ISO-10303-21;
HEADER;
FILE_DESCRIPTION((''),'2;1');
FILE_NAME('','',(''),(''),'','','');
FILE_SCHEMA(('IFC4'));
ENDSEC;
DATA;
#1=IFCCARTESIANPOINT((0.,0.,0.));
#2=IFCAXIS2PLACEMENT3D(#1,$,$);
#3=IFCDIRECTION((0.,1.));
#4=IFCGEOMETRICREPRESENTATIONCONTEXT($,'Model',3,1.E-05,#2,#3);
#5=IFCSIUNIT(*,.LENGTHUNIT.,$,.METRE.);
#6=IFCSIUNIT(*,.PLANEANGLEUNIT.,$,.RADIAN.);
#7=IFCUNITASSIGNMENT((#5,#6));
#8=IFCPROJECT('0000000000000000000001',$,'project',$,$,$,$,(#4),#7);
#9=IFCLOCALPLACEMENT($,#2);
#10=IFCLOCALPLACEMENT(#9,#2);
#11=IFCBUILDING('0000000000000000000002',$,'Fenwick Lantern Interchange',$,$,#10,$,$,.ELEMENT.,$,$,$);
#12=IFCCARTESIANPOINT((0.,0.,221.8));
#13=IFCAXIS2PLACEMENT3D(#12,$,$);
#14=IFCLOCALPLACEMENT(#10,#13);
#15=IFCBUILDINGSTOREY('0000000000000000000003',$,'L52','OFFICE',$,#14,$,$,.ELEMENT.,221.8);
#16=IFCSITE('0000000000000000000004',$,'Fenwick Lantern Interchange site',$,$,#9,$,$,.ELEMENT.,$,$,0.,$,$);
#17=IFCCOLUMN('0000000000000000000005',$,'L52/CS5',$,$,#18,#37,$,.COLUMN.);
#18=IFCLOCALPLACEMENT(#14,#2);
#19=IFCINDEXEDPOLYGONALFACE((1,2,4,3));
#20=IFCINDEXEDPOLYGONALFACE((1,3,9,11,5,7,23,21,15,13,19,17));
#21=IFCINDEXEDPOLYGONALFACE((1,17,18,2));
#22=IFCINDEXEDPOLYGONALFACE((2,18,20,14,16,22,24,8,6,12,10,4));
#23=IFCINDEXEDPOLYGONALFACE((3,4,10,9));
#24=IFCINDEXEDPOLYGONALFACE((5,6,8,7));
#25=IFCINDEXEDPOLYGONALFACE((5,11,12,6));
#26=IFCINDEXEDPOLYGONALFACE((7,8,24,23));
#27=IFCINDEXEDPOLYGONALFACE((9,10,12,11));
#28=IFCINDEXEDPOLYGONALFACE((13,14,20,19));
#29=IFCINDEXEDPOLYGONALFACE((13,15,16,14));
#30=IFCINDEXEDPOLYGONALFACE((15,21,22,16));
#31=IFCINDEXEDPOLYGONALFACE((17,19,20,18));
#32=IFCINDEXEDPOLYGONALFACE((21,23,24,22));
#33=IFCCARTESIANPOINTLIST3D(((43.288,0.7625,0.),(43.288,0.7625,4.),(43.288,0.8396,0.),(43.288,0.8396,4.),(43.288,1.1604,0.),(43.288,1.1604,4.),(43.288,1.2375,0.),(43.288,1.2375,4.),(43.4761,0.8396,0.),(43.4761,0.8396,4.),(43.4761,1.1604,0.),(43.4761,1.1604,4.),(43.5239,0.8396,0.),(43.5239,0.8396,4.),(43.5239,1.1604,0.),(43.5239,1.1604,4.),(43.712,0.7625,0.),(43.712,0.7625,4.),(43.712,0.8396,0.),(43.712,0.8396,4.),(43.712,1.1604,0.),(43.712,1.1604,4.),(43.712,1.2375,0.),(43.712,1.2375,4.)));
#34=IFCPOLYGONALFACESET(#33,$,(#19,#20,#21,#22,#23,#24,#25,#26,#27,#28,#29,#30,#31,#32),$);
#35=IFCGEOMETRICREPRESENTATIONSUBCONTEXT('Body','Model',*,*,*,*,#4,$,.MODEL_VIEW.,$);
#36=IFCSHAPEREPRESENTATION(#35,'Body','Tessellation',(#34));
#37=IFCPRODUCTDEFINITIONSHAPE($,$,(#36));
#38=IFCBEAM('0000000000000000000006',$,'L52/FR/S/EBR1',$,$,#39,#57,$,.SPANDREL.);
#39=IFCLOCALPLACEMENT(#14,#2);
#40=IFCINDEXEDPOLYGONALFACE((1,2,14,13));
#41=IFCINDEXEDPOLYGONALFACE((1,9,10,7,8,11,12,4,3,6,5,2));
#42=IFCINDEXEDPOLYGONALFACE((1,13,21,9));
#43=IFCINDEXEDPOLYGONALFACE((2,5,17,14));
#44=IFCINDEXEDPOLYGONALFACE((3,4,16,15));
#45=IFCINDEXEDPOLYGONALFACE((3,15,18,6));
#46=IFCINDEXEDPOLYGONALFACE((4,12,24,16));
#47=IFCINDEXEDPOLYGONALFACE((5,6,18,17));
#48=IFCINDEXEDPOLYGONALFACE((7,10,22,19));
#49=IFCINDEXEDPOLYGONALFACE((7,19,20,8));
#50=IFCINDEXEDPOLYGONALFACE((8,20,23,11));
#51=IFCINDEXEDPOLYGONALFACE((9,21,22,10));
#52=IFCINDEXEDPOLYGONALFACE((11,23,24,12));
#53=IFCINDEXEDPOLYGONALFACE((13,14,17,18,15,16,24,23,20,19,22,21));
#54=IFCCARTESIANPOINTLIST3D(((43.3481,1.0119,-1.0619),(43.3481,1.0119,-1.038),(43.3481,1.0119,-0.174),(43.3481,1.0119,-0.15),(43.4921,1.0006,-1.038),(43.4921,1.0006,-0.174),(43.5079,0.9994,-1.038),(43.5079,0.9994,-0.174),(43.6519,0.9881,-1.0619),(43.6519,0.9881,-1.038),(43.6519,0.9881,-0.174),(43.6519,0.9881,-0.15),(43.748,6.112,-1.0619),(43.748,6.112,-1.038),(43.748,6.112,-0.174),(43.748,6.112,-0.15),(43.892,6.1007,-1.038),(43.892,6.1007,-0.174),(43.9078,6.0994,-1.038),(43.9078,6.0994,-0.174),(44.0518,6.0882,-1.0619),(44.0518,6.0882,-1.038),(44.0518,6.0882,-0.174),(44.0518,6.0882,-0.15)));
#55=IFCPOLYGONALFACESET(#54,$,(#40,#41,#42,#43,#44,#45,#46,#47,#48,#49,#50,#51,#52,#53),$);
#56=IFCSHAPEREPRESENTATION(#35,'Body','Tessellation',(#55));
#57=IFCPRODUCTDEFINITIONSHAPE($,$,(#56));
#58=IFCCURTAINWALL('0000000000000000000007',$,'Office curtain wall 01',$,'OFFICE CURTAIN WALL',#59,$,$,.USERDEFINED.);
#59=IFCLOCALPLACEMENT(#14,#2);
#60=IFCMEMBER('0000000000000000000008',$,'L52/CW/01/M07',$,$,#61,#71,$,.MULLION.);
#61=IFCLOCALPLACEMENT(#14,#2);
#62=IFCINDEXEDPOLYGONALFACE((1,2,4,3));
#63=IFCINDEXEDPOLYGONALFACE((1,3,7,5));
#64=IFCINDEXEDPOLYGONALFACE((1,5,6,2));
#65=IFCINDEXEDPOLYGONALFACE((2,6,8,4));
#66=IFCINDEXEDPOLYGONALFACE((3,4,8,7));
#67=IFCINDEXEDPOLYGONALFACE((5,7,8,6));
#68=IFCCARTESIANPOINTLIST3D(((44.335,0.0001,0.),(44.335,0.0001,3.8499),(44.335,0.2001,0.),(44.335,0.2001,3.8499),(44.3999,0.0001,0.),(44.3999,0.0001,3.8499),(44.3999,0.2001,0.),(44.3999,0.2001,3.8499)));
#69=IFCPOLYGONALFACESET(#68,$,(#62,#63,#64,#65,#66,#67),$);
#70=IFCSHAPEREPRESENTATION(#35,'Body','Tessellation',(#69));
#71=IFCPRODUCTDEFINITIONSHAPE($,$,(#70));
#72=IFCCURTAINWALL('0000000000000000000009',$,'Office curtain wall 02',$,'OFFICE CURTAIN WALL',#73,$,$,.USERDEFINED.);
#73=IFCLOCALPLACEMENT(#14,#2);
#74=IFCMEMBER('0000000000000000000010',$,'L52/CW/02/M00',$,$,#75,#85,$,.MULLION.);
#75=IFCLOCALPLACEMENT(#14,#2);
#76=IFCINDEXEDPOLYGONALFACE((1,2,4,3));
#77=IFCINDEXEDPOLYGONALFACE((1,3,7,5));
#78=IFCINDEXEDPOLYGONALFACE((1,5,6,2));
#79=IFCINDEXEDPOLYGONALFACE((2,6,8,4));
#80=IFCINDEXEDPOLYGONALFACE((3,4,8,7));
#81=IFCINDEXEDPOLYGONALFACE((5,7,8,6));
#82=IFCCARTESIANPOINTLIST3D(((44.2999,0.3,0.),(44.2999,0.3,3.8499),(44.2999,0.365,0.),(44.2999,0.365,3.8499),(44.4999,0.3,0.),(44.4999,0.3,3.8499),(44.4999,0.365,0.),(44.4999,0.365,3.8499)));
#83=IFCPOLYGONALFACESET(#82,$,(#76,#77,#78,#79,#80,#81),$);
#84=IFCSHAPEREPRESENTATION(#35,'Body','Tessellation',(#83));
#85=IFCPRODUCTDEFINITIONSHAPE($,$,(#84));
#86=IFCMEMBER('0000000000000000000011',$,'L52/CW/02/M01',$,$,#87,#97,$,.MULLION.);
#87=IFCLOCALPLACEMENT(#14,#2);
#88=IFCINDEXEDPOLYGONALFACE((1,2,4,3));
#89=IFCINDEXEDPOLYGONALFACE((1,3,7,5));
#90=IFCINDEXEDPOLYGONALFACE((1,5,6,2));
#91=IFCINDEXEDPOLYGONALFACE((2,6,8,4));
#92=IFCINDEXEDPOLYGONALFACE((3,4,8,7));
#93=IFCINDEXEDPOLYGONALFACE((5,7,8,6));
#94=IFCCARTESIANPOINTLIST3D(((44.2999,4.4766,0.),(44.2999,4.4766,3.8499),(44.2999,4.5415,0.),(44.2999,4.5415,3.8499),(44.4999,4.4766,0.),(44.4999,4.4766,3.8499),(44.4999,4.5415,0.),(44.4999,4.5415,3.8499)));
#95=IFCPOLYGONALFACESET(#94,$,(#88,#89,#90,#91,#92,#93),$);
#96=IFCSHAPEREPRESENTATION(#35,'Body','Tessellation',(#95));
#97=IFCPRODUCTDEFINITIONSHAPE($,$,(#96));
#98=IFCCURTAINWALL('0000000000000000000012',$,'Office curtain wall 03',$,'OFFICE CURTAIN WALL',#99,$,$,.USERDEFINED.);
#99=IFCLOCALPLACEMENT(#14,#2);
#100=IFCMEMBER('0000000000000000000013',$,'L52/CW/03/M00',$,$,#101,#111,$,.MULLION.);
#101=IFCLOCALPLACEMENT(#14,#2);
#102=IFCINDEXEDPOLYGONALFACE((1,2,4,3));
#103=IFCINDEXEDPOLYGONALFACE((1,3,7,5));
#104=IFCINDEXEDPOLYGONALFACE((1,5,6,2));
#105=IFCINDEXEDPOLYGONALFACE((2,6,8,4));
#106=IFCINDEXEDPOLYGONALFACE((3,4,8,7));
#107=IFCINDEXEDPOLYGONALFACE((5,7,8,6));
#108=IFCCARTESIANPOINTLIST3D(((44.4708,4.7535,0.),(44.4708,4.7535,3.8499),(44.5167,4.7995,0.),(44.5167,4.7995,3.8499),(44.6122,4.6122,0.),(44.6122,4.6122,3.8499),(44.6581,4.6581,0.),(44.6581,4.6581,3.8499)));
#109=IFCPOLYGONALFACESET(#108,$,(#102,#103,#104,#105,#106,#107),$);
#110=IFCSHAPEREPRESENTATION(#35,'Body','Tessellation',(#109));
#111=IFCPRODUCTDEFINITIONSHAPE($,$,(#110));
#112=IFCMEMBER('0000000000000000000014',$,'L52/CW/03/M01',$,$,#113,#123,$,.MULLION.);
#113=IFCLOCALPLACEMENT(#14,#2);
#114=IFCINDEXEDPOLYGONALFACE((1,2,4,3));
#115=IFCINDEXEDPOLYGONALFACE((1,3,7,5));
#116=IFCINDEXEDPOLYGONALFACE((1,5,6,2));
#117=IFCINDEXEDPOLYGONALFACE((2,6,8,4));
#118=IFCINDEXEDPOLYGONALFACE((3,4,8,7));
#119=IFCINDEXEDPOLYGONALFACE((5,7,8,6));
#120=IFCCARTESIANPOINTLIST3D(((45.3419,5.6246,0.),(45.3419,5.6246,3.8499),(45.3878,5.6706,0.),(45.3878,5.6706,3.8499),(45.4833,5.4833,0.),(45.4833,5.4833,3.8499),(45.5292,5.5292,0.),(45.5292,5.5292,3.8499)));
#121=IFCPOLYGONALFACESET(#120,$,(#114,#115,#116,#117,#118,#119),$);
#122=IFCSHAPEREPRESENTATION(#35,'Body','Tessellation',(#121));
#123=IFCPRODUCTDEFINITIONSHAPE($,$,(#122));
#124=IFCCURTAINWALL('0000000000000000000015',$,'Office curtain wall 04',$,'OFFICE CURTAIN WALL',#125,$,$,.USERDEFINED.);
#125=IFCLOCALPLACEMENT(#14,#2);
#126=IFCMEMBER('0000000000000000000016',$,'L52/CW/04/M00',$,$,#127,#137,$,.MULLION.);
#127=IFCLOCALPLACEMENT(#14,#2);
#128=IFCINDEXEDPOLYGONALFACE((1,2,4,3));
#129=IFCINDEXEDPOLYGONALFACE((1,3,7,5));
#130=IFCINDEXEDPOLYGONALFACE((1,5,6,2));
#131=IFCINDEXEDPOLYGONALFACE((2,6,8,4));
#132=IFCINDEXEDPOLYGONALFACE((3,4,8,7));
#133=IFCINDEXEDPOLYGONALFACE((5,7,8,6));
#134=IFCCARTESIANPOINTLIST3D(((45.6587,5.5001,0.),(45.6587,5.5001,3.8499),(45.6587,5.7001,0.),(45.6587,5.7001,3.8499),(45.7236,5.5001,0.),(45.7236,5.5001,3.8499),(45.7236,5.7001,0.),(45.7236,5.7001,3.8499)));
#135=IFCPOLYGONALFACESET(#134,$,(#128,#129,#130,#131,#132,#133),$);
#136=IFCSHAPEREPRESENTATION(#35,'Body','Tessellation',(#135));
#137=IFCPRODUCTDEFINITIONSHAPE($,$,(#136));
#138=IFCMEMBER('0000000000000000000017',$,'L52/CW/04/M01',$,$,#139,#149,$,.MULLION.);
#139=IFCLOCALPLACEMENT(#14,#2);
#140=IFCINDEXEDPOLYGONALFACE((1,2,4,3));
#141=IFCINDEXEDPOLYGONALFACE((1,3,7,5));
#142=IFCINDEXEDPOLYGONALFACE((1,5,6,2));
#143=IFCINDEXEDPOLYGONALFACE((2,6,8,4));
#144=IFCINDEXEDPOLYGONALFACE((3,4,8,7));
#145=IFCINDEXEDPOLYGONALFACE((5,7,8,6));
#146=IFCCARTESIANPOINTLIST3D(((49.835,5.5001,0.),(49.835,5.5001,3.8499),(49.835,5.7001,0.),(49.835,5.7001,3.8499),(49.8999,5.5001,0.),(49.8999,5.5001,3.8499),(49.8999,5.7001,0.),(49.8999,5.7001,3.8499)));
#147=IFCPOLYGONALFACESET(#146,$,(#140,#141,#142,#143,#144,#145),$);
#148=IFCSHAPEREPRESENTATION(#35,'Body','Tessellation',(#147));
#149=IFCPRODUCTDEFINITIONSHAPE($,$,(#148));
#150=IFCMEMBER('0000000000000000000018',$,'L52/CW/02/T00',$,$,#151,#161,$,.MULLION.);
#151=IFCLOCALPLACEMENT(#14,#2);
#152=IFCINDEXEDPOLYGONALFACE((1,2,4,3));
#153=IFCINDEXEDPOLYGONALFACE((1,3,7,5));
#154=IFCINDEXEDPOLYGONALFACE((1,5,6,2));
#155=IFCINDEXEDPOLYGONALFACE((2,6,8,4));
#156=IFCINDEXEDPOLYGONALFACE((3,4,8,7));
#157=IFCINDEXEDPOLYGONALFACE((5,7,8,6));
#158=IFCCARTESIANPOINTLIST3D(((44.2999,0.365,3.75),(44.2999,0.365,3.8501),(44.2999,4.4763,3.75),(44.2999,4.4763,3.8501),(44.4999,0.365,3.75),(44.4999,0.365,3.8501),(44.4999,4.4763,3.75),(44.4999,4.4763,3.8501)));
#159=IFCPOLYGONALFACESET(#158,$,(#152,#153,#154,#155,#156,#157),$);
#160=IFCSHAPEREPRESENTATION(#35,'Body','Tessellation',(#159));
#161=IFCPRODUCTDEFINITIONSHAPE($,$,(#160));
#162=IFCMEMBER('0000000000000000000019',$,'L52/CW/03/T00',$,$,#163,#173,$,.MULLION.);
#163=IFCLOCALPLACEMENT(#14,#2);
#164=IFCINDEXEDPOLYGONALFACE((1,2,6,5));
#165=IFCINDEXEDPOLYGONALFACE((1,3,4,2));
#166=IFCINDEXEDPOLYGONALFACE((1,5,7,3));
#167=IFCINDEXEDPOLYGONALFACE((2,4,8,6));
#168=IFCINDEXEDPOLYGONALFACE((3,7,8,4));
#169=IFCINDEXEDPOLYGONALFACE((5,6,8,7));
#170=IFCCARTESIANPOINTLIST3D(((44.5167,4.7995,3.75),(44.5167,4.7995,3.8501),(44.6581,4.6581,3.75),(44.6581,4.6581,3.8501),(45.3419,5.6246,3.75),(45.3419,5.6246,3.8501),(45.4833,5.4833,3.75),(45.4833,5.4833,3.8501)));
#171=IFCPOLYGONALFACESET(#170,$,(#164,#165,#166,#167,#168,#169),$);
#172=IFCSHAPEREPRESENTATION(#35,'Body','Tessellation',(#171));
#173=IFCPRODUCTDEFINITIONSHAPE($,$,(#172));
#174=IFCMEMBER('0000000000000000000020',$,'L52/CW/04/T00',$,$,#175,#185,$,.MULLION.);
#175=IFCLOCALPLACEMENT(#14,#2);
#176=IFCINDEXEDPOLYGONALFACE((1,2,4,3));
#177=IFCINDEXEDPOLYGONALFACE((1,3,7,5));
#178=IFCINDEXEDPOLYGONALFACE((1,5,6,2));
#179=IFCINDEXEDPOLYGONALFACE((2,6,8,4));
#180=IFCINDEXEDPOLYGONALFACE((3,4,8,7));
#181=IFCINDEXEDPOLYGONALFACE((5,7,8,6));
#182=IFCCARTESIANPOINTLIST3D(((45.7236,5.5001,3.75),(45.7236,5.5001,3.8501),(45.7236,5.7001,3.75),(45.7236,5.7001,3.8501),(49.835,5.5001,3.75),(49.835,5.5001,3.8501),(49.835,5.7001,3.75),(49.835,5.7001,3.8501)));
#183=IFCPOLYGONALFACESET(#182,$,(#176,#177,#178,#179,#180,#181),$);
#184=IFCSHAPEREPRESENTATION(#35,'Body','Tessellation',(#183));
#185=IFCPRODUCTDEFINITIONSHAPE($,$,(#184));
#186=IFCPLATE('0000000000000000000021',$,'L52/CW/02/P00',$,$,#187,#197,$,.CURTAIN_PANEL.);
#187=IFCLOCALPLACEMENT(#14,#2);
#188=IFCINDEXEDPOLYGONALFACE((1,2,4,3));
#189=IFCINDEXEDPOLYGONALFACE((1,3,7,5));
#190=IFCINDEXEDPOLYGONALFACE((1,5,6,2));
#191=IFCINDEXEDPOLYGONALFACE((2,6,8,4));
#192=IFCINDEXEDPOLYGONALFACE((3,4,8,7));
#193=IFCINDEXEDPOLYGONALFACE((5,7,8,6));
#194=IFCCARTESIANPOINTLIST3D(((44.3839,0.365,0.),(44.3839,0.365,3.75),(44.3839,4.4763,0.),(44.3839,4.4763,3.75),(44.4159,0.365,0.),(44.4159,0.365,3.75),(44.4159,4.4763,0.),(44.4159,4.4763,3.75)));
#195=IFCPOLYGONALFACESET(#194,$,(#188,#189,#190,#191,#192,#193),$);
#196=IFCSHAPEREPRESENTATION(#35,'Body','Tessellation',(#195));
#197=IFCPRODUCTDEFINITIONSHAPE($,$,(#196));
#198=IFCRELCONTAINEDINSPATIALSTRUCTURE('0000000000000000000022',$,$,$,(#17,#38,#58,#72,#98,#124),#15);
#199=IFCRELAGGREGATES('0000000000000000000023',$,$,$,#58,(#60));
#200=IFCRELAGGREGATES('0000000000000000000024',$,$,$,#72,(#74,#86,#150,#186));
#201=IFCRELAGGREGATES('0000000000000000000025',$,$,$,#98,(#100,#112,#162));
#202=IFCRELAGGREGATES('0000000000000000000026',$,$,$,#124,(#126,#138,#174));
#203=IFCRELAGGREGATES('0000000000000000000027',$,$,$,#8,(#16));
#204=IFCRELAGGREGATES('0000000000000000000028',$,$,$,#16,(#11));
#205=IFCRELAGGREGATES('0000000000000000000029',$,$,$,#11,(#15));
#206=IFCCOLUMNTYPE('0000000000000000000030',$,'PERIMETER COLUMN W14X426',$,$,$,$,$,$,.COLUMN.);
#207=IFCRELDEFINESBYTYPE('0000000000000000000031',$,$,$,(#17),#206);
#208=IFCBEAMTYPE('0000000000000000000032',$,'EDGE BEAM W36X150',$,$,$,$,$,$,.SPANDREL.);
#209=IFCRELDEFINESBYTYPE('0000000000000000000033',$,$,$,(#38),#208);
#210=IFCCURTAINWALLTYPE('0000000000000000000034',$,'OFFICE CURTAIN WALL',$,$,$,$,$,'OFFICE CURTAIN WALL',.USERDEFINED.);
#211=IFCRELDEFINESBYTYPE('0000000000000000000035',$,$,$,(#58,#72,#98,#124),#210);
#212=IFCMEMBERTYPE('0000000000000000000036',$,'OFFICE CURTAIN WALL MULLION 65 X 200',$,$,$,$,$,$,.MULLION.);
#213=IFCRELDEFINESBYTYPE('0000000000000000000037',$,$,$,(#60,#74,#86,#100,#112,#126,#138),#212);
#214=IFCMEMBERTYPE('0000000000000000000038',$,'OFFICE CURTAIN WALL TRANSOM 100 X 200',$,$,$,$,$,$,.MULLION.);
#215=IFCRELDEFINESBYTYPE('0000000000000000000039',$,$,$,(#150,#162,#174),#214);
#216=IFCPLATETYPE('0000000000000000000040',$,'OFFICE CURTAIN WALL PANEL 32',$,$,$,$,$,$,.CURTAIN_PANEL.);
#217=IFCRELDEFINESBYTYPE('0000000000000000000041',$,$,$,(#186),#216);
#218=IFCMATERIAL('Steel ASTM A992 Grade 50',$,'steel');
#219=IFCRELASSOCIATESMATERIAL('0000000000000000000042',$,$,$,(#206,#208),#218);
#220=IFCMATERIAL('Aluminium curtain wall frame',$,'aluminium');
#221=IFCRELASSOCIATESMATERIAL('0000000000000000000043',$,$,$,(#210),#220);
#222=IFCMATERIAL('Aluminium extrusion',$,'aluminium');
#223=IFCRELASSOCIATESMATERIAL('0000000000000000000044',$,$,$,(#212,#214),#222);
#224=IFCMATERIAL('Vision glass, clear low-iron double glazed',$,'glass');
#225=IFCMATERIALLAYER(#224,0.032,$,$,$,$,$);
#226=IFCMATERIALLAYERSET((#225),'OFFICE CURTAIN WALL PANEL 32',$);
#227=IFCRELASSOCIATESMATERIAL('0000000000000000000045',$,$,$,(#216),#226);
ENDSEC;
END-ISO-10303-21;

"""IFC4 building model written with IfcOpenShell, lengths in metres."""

from ifc_helpers import new_model, si_unit, direction, frame, origin, origin_2d, place, context, subcontext, project, spatial, rectangle, i_section, extrude, material, layer, layer_set, material_profile, profile_set, type_object, element, aggregate, save


model = new_model("IFC4")

# Units and contexts
model_context = context("Model", 3, precision=1e-05, world=origin(), true_north=direction((0.0, 1.0)))
body_context = subcontext(model_context, "Body", "Model", "MODEL_VIEW")
ifc_project = project(units=[si_unit("LENGTHUNIT", "METRE"), si_unit("PLANEANGLEUNIT", "RADIAN")], contexts=[model_context])

# Site, building, storey
site_placement = place(None, origin())
site = spatial("IfcSite", under=ifc_project, at=site_placement, Name="Fenwick Lantern Interchange site", CompositionType="ELEMENT", RefElevation=0.0)
building_placement = place(site_placement, origin())
building = spatial("IfcBuilding", under=site, at=building_placement, Name="Fenwick Lantern Interchange", CompositionType="ELEMENT")
storey_placement = place(building_placement, frame((0.0, 0.0, 221.8)))
storey = spatial("IfcBuildingStorey", under=building, at=storey_placement, Name="L52", Description="OFFICE", CompositionType="ELEMENT", Elevation=221.8)

# Column
ifc_material_1 = material(Name="Steel ASTM A992 Grade 50", Category="steel")
ifc_material_profile_1 = material_profile(ifc_material_1, i_section(OverallWidth=0.4241, OverallDepth=0.4751, WebThickness=0.0479, FlangeThickness=0.0771, at=origin_2d()), Name="W14X426")
ifc_profile_set_1 = profile_set([ifc_material_profile_1], Name="Steel ASTM A992 Grade 50")
column_type = type_object("IfcColumnType", Name="PERIMETER COLUMN W14X426", PredefinedType="COLUMN", material=ifc_profile_set_1)
column_placement = place(storey_placement, frame((43.5, 1.0, 0.0), z_axis=(0.0, 0.0, 1.0), x_axis=(1.0, 0.0, 0.0)))
element("IfcColumn", 1, at=column_placement, inside=storey, type_object=column_type, Name="L52/CS5", PredefinedType="COLUMN", context=body_context, shape_type="SweptSolid", body=[
    extrude(i_section(OverallWidth=0.4241, OverallDepth=0.4751, WebThickness=0.0479, FlangeThickness=0.0771, at=origin_2d()), origin(), (0.0, 0.0, 1.0), 4.0),
])

# Beam
ifc_material_profile_2 = material_profile(ifc_material_1, i_section(OverallWidth=0.3047, OverallDepth=0.9119, WebThickness=0.0159, FlangeThickness=0.0239, at=origin_2d()), Name="W36X150")
ifc_profile_set_2 = profile_set([ifc_material_profile_2], Name="Steel ASTM A992 Grade 50")
beam_type = type_object("IfcBeamType", Name="EDGE BEAM W36X150", PredefinedType="SPANDREL", material=ifc_profile_set_2)
beam_placement = place(storey_placement, frame((43.5, 1.0, -0.606), z_axis=(0.078171, 0.99694, 0.0), x_axis=(-0.99694, 0.078171, 0.0)))
element("IfcBeam", 2, at=beam_placement, inside=storey, type_object=beam_type, Name="L52/FR/S/EBR1", PredefinedType="SPANDREL", context=body_context, shape_type="SweptSolid", body=[
    extrude(i_section(OverallWidth=0.3047, OverallDepth=0.9119, WebThickness=0.0159, FlangeThickness=0.0239, at=origin_2d()), origin(), (0.0, 0.0, 1.0), 5.1157),
])

# Curtain wall, member
ifc_material_2 = material(Name="Aluminium curtain wall frame", Category="aluminium")
curtain_wall_type = type_object("IfcCurtainWallType", Name="OFFICE CURTAIN WALL", ElementType="OFFICE CURTAIN WALL", PredefinedType="USERDEFINED", material=ifc_material_2)
curtain_wall_1_placement = place(storey_placement, origin())
curtain_wall_1 = element("IfcCurtainWall", 3, at=curtain_wall_1_placement, inside=storey, type_object=curtain_wall_type, Name="Office curtain wall 01", ObjectType="OFFICE CURTAIN WALL", PredefinedType="USERDEFINED")
ifc_material_3 = material(Name="Aluminium extrusion", Category="aluminium")
ifc_material_profile_3 = material_profile(ifc_material_3, rectangle(XDim=0.2, YDim=0.0649, at=origin_2d()), Name="OFFICE CURTAIN WALL MULLION 65 X 200")
ifc_profile_set_3 = profile_set([ifc_material_profile_3], Name="Aluminium extrusion")
member_type_1 = type_object("IfcMemberType", Name="OFFICE CURTAIN WALL MULLION 65 X 200", PredefinedType="MULLION", material=ifc_profile_set_3)
member_1_placement = place(storey_placement, frame((44.3674, 0.1001, 0.0), z_axis=(0.0, 0.0, 1.0), x_axis=(0.0, 1.0, 0.0)))
member_1 = element("IfcMember", 4, at=member_1_placement, type_object=member_type_1, Name="L52/CW/01/M07", PredefinedType="MULLION", context=body_context, shape_type="SweptSolid", body=[
    extrude(rectangle(XDim=0.2, YDim=0.0649, at=origin_2d()), origin(), (0.0, 0.0, 1.0), 3.8499),
])
aggregate(curtain_wall_1, [member_1])

# Curtain walls, members
curtain_wall_2_placement = place(storey_placement, origin())
curtain_wall_2 = element("IfcCurtainWall", 5, at=curtain_wall_2_placement, inside=storey, type_object=curtain_wall_type, Name="Office curtain wall 02", ObjectType="OFFICE CURTAIN WALL", PredefinedType="USERDEFINED")
member_2_placement = place(storey_placement, frame((44.3999, 0.3325, 0.0), z_axis=(0.0, 0.0, 1.0), x_axis=(-1.0, 0.0, 0.0)))
member_2 = element("IfcMember", 6, at=member_2_placement, type_object=member_type_1, Name="L52/CW/02/M00", PredefinedType="MULLION", context=body_context, shape_type="SweptSolid", body=[
    extrude(rectangle(XDim=0.2, YDim=0.0649, at=origin_2d()), origin(), (0.0, 0.0, 1.0), 3.8499),
])
member_3_placement = place(storey_placement, frame((44.3999, 4.509, 0.0), z_axis=(0.0, 0.0, 1.0), x_axis=(-1.0, 0.0, 0.0)))
member_3 = element("IfcMember", 7, at=member_3_placement, type_object=member_type_1, Name="L52/CW/02/M01", PredefinedType="MULLION", context=body_context, shape_type="SweptSolid", body=[
    extrude(rectangle(XDim=0.2, YDim=0.0649, at=origin_2d()), origin(), (0.0, 0.0, 1.0), 3.8499),
])
curtain_wall_3_placement = place(storey_placement, origin())
curtain_wall_3 = element("IfcCurtainWall", 8, at=curtain_wall_3_placement, inside=storey, type_object=curtain_wall_type, Name="Office curtain wall 03", ObjectType="OFFICE CURTAIN WALL", PredefinedType="USERDEFINED")
member_4_placement = place(storey_placement, frame((44.5645, 4.7058, 0.0), z_axis=(0.0, 0.0, 1.0), x_axis=(-0.707107, 0.707107, 0.0)))
member_4 = element("IfcMember", 9, at=member_4_placement, type_object=member_type_1, Name="L52/CW/03/M00", PredefinedType="MULLION", context=body_context, shape_type="SweptSolid", body=[
    extrude(rectangle(XDim=0.2, YDim=0.0649, at=origin_2d()), origin(), (0.0, 0.0, 1.0), 3.8499),
])
member_5_placement = place(storey_placement, frame((45.4355, 5.5769, 0.0), z_axis=(0.0, 0.0, 1.0), x_axis=(-0.707107, 0.707107, 0.0)))
member_5 = element("IfcMember", 10, at=member_5_placement, type_object=member_type_1, Name="L52/CW/03/M01", PredefinedType="MULLION", context=body_context, shape_type="SweptSolid", body=[
    extrude(rectangle(XDim=0.2, YDim=0.0649, at=origin_2d()), origin(), (0.0, 0.0, 1.0), 3.8499),
])
curtain_wall_4_placement = place(storey_placement, origin())
curtain_wall_4 = element("IfcCurtainWall", 11, at=curtain_wall_4_placement, inside=storey, type_object=curtain_wall_type, Name="Office curtain wall 04", ObjectType="OFFICE CURTAIN WALL", PredefinedType="USERDEFINED")
member_6_placement = place(storey_placement, frame((45.6912, 5.6001, 0.0), z_axis=(0.0, 0.0, 1.0), x_axis=(0.0, 1.0, 0.0)))
member_6 = element("IfcMember", 12, at=member_6_placement, type_object=member_type_1, Name="L52/CW/04/M00", PredefinedType="MULLION", context=body_context, shape_type="SweptSolid", body=[
    extrude(rectangle(XDim=0.2, YDim=0.0649, at=origin_2d()), origin(), (0.0, 0.0, 1.0), 3.8499),
])
member_7_placement = place(storey_placement, frame((49.8674, 5.6001, 0.0), z_axis=(0.0, 0.0, 1.0), x_axis=(0.0, 1.0, 0.0)))
member_7 = element("IfcMember", 13, at=member_7_placement, type_object=member_type_1, Name="L52/CW/04/M01", PredefinedType="MULLION", context=body_context, shape_type="SweptSolid", body=[
    extrude(rectangle(XDim=0.2, YDim=0.0649, at=origin_2d()), origin(), (0.0, 0.0, 1.0), 3.8499),
])

# Members
ifc_material_profile_4 = material_profile(ifc_material_3, rectangle(XDim=0.2, YDim=0.1001, at=origin_2d()), Name="OFFICE CURTAIN WALL TRANSOM 100 X 200")
ifc_profile_set_4 = profile_set([ifc_material_profile_4], Name="Aluminium extrusion")
member_type_2 = type_object("IfcMemberType", Name="OFFICE CURTAIN WALL TRANSOM 100 X 200", PredefinedType="MULLION", material=ifc_profile_set_4)
member_8_placement = place(storey_placement, frame((44.3999, 0.365, 3.8), z_axis=(0.0, 1.0, 0.0), x_axis=(-1.0, 0.0, 0.0)))
member_8 = element("IfcMember", 14, at=member_8_placement, type_object=member_type_2, Name="L52/CW/02/T00", PredefinedType="MULLION", context=body_context, shape_type="SweptSolid", body=[
    extrude(rectangle(XDim=0.2, YDim=0.1001, at=origin_2d()), origin(), (0.0, 0.0, 1.0), 4.1113),
])
member_9_placement = place(storey_placement, frame((44.5874, 4.7288, 3.8), z_axis=(0.707107, 0.707107, 0.0), x_axis=(-0.707107, 0.707107, 0.0)))
member_9 = element("IfcMember", 15, at=member_9_placement, type_object=member_type_2, Name="L52/CW/03/T00", PredefinedType="MULLION", context=body_context, shape_type="SweptSolid", body=[
    extrude(rectangle(XDim=0.2, YDim=0.1001, at=origin_2d()), origin(), (0.0, 0.0, 1.0), 1.167),
])
member_10_placement = place(storey_placement, frame((45.7236, 5.6001, 3.8), z_axis=(1.0, 0.0, 0.0), x_axis=(0.0, 1.0, 0.0)))
member_10 = element("IfcMember", 16, at=member_10_placement, type_object=member_type_2, Name="L52/CW/04/T00", PredefinedType="MULLION", context=body_context, shape_type="SweptSolid", body=[
    extrude(rectangle(XDim=0.2, YDim=0.1001, at=origin_2d()), origin(), (0.0, 0.0, 1.0), 4.1113),
])

# Plate
ifc_material_4 = material(Name="Vision glass, clear low-iron double glazed", Category="glass")
ifc_layer_1 = layer(ifc_material_4, 0.032)
ifc_layer_set_1 = layer_set([ifc_layer_1], Name="OFFICE CURTAIN WALL PANEL 32")
plate_type = type_object("IfcPlateType", Name="OFFICE CURTAIN WALL PANEL 32", PredefinedType="CURTAIN_PANEL", material=ifc_layer_set_1)
plate_1_placement = place(storey_placement, frame((44.3999, 2.4207, 0.0), z_axis=(0.0, 0.0, 1.0), x_axis=(0.0, 1.0, 0.0)))
plate_1 = element("IfcPlate", 17, at=plate_1_placement, type_object=plate_type, Name="L52/CW/02/P00", PredefinedType="CURTAIN_PANEL", context=body_context, shape_type="SweptSolid", body=[
    extrude(rectangle(XDim=4.1113, YDim=0.032, at=origin_2d()), origin(), (0.0, 0.0, 1.0), 3.75),
])
aggregate(curtain_wall_2, [member_2, member_3, member_8, plate_1])
aggregate(curtain_wall_3, [member_4, member_5, member_9])
aggregate(curtain_wall_4, [member_6, member_7, member_10])

save(model, "model.ifc")
